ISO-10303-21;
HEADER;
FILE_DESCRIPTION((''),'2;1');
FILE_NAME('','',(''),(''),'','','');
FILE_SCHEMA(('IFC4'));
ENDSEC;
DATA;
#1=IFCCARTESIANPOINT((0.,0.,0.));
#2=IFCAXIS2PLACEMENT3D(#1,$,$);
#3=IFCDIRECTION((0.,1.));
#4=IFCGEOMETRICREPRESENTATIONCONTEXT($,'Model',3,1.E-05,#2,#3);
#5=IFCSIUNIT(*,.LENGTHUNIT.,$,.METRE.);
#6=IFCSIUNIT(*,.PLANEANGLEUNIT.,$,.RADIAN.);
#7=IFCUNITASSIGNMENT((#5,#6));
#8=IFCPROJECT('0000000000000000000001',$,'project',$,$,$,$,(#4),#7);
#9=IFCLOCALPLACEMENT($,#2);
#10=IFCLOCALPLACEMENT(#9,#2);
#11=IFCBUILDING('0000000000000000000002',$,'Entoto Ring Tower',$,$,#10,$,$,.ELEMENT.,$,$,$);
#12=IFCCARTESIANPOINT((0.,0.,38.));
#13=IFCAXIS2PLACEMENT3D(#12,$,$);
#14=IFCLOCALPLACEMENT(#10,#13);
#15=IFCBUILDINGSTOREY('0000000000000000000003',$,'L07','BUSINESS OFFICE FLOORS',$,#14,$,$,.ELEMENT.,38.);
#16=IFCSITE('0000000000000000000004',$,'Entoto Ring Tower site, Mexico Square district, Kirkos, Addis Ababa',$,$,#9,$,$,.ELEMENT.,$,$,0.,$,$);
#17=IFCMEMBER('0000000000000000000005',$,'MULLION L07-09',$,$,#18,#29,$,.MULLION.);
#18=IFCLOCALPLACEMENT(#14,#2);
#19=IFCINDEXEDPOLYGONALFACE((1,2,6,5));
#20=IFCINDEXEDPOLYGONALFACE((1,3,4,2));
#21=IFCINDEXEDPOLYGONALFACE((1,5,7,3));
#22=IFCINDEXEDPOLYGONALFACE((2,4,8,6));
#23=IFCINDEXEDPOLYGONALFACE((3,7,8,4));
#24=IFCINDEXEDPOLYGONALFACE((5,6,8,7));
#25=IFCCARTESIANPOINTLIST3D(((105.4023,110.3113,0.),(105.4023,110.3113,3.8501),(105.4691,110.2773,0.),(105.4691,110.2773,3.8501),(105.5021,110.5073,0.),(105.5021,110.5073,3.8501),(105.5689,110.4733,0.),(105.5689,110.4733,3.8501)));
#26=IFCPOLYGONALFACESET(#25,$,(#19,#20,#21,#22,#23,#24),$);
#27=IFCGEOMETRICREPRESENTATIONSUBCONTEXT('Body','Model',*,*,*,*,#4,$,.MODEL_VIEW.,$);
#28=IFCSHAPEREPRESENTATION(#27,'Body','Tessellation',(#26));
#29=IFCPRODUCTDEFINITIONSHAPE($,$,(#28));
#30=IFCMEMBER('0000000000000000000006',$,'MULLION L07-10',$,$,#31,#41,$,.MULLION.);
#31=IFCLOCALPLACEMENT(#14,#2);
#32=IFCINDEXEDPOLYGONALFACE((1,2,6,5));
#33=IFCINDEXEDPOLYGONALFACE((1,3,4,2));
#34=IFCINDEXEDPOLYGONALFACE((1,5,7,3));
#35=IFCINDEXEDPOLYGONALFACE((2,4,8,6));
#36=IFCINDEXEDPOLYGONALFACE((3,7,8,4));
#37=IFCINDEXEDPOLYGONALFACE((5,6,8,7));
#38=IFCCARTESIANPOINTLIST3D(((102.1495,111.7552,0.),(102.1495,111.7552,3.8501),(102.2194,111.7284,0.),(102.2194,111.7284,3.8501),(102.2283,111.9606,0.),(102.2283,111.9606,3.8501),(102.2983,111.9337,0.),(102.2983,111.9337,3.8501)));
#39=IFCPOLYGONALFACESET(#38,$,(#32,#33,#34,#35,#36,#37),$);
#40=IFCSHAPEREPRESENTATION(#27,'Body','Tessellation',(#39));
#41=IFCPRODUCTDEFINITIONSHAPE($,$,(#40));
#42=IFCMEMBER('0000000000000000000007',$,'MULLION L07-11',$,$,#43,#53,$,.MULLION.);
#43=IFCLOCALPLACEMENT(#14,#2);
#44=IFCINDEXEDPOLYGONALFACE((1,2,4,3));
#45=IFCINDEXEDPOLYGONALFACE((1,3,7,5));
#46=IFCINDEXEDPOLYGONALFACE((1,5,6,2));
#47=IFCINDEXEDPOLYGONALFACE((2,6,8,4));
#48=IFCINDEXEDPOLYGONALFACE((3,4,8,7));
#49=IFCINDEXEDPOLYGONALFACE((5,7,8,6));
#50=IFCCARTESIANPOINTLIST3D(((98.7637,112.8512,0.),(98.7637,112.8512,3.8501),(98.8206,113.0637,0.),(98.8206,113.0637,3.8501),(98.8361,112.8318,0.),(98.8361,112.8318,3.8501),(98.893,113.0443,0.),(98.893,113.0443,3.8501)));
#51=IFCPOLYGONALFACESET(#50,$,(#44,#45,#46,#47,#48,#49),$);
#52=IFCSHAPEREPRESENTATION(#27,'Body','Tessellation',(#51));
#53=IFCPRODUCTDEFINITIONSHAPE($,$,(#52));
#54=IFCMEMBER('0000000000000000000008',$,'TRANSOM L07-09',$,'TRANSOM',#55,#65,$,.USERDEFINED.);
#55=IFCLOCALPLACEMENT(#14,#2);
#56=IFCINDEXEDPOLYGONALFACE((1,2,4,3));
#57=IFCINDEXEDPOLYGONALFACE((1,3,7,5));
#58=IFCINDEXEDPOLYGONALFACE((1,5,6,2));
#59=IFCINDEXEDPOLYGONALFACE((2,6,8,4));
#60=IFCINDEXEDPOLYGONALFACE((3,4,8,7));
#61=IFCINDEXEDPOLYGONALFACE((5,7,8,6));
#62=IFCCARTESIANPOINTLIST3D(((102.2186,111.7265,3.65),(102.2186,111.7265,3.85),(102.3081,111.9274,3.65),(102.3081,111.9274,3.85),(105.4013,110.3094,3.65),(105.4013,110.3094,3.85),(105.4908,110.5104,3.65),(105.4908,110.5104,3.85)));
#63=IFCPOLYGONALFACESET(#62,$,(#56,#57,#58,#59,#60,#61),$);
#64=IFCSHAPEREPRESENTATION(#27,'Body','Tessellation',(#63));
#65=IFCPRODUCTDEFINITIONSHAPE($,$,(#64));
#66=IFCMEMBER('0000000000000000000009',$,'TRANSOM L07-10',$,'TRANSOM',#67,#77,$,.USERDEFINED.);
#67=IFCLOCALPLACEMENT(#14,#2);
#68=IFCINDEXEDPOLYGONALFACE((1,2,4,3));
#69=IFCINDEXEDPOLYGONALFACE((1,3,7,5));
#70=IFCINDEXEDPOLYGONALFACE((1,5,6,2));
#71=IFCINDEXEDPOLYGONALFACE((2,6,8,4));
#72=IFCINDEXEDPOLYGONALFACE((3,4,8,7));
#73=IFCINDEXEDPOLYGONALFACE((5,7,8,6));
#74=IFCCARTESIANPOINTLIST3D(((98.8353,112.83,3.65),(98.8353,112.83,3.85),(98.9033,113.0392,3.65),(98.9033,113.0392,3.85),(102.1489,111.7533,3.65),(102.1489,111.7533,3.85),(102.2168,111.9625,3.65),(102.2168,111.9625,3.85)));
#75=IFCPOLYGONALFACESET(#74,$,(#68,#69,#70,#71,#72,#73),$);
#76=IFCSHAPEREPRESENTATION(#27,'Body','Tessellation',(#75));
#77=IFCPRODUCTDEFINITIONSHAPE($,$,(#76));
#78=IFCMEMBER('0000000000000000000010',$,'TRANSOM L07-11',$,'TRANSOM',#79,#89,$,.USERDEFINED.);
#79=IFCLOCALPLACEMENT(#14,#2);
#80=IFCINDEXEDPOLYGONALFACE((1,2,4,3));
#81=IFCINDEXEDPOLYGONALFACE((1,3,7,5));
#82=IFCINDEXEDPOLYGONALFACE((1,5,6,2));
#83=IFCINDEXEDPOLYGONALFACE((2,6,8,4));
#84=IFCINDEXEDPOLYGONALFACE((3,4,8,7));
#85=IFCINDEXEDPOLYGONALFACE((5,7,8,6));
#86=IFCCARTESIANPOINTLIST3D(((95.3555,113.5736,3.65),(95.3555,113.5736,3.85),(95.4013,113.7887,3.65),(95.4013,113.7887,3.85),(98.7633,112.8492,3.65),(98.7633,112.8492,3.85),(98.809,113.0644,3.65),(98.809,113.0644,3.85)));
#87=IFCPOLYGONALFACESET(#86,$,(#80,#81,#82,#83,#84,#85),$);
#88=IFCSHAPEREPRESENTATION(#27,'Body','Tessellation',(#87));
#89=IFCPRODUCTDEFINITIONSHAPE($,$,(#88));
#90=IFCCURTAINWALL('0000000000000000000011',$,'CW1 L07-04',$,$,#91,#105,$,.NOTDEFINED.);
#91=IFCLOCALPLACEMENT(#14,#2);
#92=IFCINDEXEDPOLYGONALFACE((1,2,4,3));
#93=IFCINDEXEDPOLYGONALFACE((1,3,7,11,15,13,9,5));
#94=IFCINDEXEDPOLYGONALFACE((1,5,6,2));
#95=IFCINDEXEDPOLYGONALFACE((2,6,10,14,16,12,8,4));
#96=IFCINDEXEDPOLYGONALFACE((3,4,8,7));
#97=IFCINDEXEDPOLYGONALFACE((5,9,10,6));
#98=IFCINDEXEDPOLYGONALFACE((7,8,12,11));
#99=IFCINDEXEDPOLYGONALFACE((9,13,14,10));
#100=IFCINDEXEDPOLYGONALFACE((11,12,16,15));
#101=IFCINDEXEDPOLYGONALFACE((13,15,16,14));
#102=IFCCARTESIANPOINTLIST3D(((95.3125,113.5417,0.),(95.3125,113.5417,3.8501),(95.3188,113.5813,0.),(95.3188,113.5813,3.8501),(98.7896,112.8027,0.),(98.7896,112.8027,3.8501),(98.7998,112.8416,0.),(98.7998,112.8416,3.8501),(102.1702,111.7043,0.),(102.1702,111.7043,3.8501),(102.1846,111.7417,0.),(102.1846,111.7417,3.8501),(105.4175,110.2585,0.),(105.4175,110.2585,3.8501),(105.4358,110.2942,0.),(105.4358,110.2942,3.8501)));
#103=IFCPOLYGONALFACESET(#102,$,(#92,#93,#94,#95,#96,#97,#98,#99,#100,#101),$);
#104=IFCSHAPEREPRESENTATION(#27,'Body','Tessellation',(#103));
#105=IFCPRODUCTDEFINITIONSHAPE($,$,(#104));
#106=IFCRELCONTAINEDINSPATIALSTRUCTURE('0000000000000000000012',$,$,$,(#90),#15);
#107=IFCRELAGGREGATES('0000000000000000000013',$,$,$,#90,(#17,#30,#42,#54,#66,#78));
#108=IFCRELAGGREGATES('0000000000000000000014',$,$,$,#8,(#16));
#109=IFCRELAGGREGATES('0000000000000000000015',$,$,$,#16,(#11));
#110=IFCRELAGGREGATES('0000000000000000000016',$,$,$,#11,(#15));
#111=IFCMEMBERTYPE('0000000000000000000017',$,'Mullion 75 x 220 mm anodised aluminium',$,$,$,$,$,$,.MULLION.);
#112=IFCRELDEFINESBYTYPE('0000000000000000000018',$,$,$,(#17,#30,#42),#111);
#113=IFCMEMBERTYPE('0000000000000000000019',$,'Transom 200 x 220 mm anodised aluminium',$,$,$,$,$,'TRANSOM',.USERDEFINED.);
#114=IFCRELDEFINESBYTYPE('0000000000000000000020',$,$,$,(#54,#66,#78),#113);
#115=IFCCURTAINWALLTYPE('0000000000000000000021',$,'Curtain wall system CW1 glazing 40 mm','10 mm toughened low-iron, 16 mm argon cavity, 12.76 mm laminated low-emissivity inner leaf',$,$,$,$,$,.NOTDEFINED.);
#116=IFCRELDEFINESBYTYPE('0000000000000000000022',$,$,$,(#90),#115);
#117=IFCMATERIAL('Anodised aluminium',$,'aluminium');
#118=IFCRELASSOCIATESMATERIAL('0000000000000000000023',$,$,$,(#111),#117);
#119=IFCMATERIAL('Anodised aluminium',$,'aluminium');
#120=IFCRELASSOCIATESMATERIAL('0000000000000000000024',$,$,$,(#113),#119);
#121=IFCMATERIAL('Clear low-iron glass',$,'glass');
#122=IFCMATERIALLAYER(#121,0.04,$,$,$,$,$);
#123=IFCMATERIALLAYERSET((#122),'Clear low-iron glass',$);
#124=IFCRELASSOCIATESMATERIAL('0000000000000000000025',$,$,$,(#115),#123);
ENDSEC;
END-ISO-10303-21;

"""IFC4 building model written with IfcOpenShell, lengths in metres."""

from ifc_helpers import new_model, si_unit, direction, frame, origin, origin_2d, place, context, subcontext, project, spatial, polyline, rectangle, outline, extrude, material, layer, layer_set, material_profile, profile_set, type_object, element, aggregate, save


model = new_model("IFC4")

# Units and contexts
model_context = context("Model", 3, precision=1e-05, world=origin(), true_north=direction((0.0, 1.0)))
body_context = subcontext(model_context, "Body", "Model", "MODEL_VIEW")
ifc_project = project(units=[si_unit("LENGTHUNIT", "METRE"), si_unit("PLANEANGLEUNIT", "RADIAN")], contexts=[model_context])

# Members
ifc_material_1 = material(Name="Anodised aluminium", Category="aluminium")
ifc_material_profile_1 = material_profile(ifc_material_1, rectangle(XDim=0.075, YDim=0.22, at=origin_2d()), Name="Mullion 75 x 220 mm anodised aluminium")
ifc_profile_set_1 = profile_set([ifc_material_profile_1], Name="Anodised aluminium")
member_type_1 = type_object("IfcMemberType", Name="Mullion 75 x 220 mm anodised aluminium", PredefinedType="MULLION", material=ifc_profile_set_1)
site_placement = place(None, origin())
building_placement = place(site_placement, origin())
storey_placement = place(building_placement, frame((0.0, 0.0, 38.0)))
member_1_placement = place(storey_placement, frame((105.4856, 110.3923, 0.0), z_axis=(0.0, 0.0, 1.0), x_axis=(-0.891007, 0.45399, 0.0)))
member_1 = element("IfcMember", 1, at=member_1_placement, type_object=member_type_1, Name="MULLION L07-09", PredefinedType="MULLION", context=body_context, shape_type="SweptSolid", body=[
    extrude(rectangle(XDim=0.075, YDim=0.22, at=origin_2d()), origin(), (0.0, 0.0, 1.0), 3.8501),
])
member_2_placement = place(storey_placement, frame((102.2239, 111.8445, 0.0), z_axis=(0.0, 0.0, 1.0), x_axis=(-0.93358, 0.358368, 0.0)))
member_2 = element("IfcMember", 2, at=member_2_placement, type_object=member_type_1, Name="MULLION L07-10", PredefinedType="MULLION", context=body_context, shape_type="SweptSolid", body=[
    extrude(rectangle(XDim=0.075, YDim=0.22, at=origin_2d()), origin(), (0.0, 0.0, 1.0), 3.8501),
])
member_3_placement = place(storey_placement, frame((98.8284, 112.9478, 0.0), z_axis=(0.0, 0.0, 1.0), x_axis=(-0.965926, 0.258819, 0.0)))
member_3 = element("IfcMember", 3, at=member_3_placement, type_object=member_type_1, Name="MULLION L07-11", PredefinedType="MULLION", context=body_context, shape_type="SweptSolid", body=[
    extrude(rectangle(XDim=0.075, YDim=0.22, at=origin_2d()), origin(), (0.0, 0.0, 1.0), 3.8501),
])
ifc_material_2 = material(Name="Anodised aluminium", Category="aluminium")
ifc_material_profile_2 = material_profile(ifc_material_2, rectangle(XDim=0.22, YDim=0.2, at=origin_2d()), Name="Transom 200 x 220 mm anodised aluminium")
ifc_profile_set_2 = profile_set([ifc_material_profile_2], Name="Anodised aluminium")
member_type_2 = type_object("IfcMemberType", Name="Transom 200 x 220 mm anodised aluminium", ElementType="TRANSOM", PredefinedType="USERDEFINED", material=ifc_profile_set_2)
member_4_placement = place(storey_placement, frame((105.446, 110.4099, 3.75), z_axis=(-0.913545, 0.406737, 0.0), x_axis=(-0.406737, -0.913545, 0.0)))
member_4 = element("IfcMember", 4, at=member_4_placement, type_object=member_type_2, Name="TRANSOM L07-09", ObjectType="TRANSOM", PredefinedType="USERDEFINED", context=body_context, shape_type="SweptSolid", body=[
    extrude(rectangle(XDim=0.22, YDim=0.2, at=origin_2d()), origin(), (0.0, 0.0, 1.0), 3.4839),
])
member_5_placement = place(storey_placement, frame((102.1829, 111.8579, 3.75), z_axis=(-0.951053, 0.309029, 0.0), x_axis=(-0.309029, -0.951053, 0.0)))
member_5 = element("IfcMember", 5, at=member_5_placement, type_object=member_type_2, Name="TRANSOM L07-10", ObjectType="TRANSOM", PredefinedType="USERDEFINED", context=body_context, shape_type="SweptSolid", body=[
    extrude(rectangle(XDim=0.22, YDim=0.2, at=origin_2d()), origin(), (0.0, 0.0, 1.0), 3.4841),
])
member_6_placement = place(storey_placement, frame((98.7861, 112.9568, 3.75), z_axis=(-0.978146, 0.207921, 0.0), x_axis=(-0.207921, -0.978146, 0.0)))
member_6 = element("IfcMember", 6, at=member_6_placement, type_object=member_type_2, Name="TRANSOM L07-11", ObjectType="TRANSOM", PredefinedType="USERDEFINED", context=body_context, shape_type="SweptSolid", body=[
    extrude(rectangle(XDim=0.22, YDim=0.2, at=origin_2d()), origin(), (0.0, 0.0, 1.0), 3.4839),
])

# Site, building, storey
site = spatial("IfcSite", under=ifc_project, at=site_placement, Name="Entoto Ring Tower site, Mexico Square district, Kirkos, Addis Ababa", CompositionType="ELEMENT", RefElevation=0.0)
building = spatial("IfcBuilding", under=site, at=building_placement, Name="Entoto Ring Tower", CompositionType="ELEMENT")
storey = spatial("IfcBuildingStorey", under=building, at=storey_placement, Name="L07", Description="BUSINESS OFFICE FLOORS", CompositionType="ELEMENT", Elevation=38.0)

# Curtain wall
ifc_material_3 = material(Name="Clear low-iron glass", Category="glass")
ifc_layer = layer(ifc_material_3, 0.04)
ifc_layer_set = layer_set([ifc_layer], Name="Clear low-iron glass")
curtain_wall_type = type_object("IfcCurtainWallType", Name="Curtain wall system CW1 glazing 40 mm", Description="10 mm toughened low-iron, 16 mm argon cavity, 12.76 mm laminated low-emissivity inner leaf", PredefinedType="NOTDEFINED", material=ifc_layer_set)
curtain_wall_1_placement = place(storey_placement, origin())
curtain_wall_1 = element("IfcCurtainWall", 7, at=curtain_wall_1_placement, inside=storey, type_object=curtain_wall_type, Name="CW1 L07-04", PredefinedType="NOTDEFINED", context=body_context, shape_type="SweptSolid", body=[
    extrude(outline(polyline([(105.4358, 110.2942), (102.1846, 111.7417), (98.7998, 112.8416), (95.3188, 113.5813), (95.3125, 113.5417), (98.7896, 112.8027), (102.1702, 111.7043), (105.4175, 110.2585), (105.4358, 110.2942)])), origin(), (0.0, 0.0, 1.0), 3.8501),
])
aggregate(curtain_wall_1, [member_1, member_2, member_3, member_4, member_5, member_6])

save(model, "model.ifc")
